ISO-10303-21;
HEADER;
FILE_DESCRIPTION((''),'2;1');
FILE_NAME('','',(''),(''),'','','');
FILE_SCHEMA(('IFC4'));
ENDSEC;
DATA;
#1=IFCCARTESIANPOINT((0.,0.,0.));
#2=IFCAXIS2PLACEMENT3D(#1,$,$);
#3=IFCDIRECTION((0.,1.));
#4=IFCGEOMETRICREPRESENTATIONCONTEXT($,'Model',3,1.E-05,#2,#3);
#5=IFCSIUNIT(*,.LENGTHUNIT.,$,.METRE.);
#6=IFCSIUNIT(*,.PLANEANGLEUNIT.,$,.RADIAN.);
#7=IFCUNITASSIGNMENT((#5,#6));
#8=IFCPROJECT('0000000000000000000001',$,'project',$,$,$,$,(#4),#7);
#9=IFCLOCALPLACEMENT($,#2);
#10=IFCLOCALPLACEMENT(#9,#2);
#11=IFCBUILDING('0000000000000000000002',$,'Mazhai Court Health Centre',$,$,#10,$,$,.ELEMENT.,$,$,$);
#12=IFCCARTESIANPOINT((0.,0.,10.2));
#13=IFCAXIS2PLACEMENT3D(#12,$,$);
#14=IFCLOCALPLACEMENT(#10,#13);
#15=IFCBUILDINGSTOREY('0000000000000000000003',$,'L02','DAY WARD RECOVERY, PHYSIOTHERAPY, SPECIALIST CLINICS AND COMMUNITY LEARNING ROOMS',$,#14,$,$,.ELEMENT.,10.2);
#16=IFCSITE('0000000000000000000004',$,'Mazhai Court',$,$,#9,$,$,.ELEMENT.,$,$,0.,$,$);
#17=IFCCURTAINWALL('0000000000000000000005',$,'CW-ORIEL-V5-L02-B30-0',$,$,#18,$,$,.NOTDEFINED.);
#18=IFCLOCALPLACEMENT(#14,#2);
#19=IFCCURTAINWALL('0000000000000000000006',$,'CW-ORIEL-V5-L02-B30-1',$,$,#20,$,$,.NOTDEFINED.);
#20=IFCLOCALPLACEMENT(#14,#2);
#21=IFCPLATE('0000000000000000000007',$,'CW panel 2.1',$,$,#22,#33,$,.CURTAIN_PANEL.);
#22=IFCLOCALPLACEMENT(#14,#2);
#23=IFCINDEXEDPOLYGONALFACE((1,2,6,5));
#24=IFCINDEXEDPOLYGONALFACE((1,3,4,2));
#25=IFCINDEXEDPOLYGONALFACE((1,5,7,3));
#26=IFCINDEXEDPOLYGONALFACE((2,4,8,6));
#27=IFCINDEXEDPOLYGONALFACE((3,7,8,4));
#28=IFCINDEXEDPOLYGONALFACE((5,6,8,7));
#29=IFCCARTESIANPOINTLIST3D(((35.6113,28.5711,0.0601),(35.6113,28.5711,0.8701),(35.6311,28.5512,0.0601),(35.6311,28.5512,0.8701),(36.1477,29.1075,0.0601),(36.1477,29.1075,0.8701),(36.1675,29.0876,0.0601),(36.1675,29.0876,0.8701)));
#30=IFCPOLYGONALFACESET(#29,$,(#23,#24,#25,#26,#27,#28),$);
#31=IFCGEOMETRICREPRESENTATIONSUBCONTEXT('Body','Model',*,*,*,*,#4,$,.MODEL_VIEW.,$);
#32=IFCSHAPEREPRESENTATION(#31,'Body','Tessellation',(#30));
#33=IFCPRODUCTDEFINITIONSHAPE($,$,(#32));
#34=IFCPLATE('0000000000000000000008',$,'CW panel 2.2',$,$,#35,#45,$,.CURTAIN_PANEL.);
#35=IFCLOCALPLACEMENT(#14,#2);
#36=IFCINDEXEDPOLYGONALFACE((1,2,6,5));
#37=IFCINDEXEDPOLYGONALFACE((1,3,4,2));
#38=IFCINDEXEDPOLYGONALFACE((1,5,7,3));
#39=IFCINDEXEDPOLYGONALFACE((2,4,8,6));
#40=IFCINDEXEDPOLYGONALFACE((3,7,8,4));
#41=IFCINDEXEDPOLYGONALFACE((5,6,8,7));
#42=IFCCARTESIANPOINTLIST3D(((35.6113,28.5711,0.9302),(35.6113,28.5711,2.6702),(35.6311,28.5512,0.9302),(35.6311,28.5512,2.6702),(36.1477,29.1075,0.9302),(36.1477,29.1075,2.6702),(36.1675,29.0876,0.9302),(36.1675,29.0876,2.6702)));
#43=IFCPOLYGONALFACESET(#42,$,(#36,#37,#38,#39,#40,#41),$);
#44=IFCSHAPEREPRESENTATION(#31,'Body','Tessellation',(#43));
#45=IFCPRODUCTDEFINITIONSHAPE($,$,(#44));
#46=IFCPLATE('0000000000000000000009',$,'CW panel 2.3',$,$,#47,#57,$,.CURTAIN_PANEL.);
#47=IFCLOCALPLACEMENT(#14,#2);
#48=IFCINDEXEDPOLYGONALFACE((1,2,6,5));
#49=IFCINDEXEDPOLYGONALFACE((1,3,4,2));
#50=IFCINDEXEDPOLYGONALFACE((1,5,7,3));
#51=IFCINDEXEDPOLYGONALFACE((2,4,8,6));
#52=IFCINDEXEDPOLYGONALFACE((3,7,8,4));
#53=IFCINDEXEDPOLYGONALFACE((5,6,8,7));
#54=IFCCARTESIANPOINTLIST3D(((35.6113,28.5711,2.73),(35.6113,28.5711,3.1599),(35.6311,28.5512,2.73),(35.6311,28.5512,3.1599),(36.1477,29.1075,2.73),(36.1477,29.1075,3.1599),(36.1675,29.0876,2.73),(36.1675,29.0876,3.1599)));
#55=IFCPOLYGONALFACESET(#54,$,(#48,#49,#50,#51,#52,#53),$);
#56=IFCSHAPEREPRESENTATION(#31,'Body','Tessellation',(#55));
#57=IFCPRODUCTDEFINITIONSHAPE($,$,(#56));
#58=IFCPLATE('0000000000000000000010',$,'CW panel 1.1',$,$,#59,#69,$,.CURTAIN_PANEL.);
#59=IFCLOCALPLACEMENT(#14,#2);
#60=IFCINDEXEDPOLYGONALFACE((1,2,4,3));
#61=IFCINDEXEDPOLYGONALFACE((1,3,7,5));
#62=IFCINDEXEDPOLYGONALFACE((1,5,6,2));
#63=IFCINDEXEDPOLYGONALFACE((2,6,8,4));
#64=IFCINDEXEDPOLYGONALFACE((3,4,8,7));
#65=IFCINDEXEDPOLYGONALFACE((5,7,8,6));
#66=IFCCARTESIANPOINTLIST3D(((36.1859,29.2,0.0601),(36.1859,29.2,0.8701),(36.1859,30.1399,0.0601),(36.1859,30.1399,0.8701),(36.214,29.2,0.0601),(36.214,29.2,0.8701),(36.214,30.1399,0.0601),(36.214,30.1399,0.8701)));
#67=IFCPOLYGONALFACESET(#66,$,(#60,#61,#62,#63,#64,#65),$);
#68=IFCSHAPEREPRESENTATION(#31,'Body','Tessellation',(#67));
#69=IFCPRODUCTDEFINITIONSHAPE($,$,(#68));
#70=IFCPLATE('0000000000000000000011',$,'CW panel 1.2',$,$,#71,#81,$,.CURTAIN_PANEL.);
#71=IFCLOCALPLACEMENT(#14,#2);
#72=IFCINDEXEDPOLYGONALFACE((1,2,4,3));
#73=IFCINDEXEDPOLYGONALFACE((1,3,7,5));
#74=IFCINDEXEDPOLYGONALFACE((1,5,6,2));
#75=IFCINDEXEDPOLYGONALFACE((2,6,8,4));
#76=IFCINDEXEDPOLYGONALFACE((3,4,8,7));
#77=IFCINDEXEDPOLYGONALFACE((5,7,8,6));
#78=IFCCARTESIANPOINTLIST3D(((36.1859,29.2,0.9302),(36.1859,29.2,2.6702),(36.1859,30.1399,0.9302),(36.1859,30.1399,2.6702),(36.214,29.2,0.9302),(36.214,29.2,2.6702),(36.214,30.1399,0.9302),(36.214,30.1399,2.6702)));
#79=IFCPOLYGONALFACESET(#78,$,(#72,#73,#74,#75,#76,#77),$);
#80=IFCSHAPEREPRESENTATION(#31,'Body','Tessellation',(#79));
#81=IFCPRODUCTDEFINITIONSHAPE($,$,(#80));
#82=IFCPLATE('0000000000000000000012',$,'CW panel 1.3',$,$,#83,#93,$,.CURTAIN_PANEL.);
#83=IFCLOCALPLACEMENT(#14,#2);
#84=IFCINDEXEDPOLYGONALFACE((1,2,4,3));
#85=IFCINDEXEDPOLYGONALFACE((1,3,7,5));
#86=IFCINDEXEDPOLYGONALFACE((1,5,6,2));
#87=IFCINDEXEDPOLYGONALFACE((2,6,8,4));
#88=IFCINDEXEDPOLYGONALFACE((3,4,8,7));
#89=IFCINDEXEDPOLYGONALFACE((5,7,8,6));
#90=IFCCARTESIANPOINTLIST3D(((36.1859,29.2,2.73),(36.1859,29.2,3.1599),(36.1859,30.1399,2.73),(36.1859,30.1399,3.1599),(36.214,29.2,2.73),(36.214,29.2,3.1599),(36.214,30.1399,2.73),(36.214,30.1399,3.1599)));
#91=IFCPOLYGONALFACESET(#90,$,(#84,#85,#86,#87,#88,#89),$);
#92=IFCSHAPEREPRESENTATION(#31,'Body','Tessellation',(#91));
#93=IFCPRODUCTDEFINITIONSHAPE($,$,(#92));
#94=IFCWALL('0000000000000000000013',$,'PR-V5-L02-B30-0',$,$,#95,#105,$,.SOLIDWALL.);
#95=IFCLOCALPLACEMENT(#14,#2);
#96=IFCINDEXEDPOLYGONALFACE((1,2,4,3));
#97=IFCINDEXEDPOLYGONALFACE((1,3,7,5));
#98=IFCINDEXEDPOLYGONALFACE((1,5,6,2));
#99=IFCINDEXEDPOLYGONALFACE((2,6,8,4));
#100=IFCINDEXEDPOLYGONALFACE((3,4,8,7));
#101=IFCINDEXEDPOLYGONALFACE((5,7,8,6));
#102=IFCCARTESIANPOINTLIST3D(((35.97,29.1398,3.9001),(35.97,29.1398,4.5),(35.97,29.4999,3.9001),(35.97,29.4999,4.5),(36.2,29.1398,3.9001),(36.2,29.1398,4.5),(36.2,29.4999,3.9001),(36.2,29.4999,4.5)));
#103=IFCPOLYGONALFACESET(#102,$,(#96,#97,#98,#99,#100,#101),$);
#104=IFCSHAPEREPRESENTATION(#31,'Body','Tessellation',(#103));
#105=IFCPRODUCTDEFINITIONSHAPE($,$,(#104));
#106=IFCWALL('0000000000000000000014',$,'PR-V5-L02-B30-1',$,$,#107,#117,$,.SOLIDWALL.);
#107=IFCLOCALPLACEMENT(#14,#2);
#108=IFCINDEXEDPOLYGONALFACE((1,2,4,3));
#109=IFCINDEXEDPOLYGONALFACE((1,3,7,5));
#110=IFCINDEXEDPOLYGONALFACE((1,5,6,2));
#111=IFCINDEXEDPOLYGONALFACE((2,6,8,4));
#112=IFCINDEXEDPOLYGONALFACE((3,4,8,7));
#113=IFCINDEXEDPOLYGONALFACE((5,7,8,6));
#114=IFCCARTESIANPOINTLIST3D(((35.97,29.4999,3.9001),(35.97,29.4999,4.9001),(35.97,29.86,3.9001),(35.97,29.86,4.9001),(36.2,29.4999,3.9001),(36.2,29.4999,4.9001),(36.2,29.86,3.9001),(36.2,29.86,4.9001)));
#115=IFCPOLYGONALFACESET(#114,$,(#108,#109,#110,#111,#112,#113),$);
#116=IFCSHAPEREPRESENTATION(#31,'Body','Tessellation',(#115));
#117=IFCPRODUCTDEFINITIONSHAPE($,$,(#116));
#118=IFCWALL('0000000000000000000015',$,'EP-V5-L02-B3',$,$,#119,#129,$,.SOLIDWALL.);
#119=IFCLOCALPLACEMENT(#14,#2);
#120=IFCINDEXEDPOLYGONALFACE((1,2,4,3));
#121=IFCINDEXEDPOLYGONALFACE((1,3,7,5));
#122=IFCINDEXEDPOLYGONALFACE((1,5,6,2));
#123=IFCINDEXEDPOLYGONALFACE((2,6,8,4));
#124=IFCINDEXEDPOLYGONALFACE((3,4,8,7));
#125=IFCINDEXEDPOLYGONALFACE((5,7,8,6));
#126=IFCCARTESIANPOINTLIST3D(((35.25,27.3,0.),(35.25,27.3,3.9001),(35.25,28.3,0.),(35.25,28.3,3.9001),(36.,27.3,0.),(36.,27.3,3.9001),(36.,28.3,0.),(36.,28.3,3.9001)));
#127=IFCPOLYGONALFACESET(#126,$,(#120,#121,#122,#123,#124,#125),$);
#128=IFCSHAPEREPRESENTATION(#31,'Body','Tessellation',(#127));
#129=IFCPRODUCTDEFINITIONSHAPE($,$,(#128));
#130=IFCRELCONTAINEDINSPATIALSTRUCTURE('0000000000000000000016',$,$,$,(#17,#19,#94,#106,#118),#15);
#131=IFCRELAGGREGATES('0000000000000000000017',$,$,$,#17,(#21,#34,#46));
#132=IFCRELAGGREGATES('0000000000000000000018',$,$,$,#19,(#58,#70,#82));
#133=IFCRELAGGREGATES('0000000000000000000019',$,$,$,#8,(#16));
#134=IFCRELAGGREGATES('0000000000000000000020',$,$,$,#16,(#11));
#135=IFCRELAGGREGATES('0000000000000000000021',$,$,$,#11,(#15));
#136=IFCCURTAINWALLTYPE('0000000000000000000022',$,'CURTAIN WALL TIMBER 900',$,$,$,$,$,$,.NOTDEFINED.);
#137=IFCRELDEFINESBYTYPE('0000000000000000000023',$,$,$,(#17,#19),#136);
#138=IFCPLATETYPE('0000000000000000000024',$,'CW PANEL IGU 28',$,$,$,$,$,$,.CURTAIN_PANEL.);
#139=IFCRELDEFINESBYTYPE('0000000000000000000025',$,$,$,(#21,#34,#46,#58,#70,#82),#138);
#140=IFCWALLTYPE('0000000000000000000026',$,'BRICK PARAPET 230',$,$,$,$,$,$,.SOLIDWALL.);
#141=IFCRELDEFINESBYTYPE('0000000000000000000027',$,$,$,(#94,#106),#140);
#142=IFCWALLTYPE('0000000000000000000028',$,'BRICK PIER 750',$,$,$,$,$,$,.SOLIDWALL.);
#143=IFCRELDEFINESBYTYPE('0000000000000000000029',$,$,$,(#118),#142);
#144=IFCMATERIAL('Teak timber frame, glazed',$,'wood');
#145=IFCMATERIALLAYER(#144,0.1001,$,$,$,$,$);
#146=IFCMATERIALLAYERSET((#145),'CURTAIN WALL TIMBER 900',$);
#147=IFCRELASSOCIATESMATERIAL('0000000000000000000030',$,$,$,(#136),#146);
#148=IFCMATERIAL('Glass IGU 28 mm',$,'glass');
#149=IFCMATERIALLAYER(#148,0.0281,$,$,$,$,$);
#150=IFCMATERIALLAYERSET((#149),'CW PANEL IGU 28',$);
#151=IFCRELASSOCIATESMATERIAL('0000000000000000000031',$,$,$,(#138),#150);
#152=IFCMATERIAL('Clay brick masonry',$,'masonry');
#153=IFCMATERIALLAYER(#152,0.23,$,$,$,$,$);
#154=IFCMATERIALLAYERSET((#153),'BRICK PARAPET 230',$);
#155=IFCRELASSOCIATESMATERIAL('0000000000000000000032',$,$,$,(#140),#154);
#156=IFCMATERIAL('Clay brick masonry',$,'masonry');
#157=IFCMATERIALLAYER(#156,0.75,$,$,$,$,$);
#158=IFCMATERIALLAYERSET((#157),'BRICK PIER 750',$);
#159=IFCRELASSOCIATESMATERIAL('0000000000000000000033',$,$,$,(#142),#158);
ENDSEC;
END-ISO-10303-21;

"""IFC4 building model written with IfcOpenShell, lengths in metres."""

from ifc_helpers import new_model, si_unit, direction, frame, frame_2d, origin, origin_2d, place, context, subcontext, project, spatial, rectangle, extrude, material, layer, layer_set, type_object, element, aggregate, save


model = new_model("IFC4")

# Units and contexts
model_context = context("Model", 3, precision=1e-05, world=origin(), true_north=direction((0.0, 1.0)))
body_context = subcontext(model_context, "Body", "Model", "MODEL_VIEW")
ifc_project = project(units=[si_unit("LENGTHUNIT", "METRE"), si_unit("PLANEANGLEUNIT", "RADIAN")], contexts=[model_context])

# Site, building, storey
site_placement = place(None, origin())
site = spatial("IfcSite", under=ifc_project, at=site_placement, Name="Mazhai Court", CompositionType="ELEMENT", RefElevation=0.0)
building_placement = place(site_placement, origin())
building = spatial("IfcBuilding", under=site, at=building_placement, Name="Mazhai Court Health Centre", CompositionType="ELEMENT")
storey_placement = place(building_placement, frame((0.0, 0.0, 10.2)))
storey = spatial("IfcBuildingStorey", under=building, at=storey_placement, Name="L02", Description="DAY WARD RECOVERY, PHYSIOTHERAPY, SPECIALIST CLINICS AND COMMUNITY LEARNING ROOMS", CompositionType="ELEMENT", Elevation=10.2)

# Curtain wall
ifc_material_1 = material(Name="Teak timber frame, glazed", Category="wood")
ifc_layer_1 = layer(ifc_material_1, 0.1001)
ifc_layer_set_1 = layer_set([ifc_layer_1], Name="CURTAIN WALL TIMBER 900")
curtain_wall_type = type_object("IfcCurtainWallType", Name="CURTAIN WALL TIMBER 900", PredefinedType="NOTDEFINED", material=ifc_layer_set_1)
curtain_wall_1_placement = place(storey_placement, origin())
curtain_wall_1 = element("IfcCurtainWall", 1, at=curtain_wall_1_placement, inside=storey, type_object=curtain_wall_type, Name="CW-ORIEL-V5-L02-B30-0", PredefinedType="NOTDEFINED")

# Curtain wall
curtain_wall_2_placement = place(storey_placement, origin())
curtain_wall_2 = element("IfcCurtainWall", 2, at=curtain_wall_2_placement, inside=storey, type_object=curtain_wall_type, Name="CW-ORIEL-V5-L02-B30-1", PredefinedType="NOTDEFINED")

# Plates
ifc_material_2 = material(Name="Glass IGU 28 mm", Category="glass")
ifc_layer_2 = layer(ifc_material_2, 0.0281)
ifc_layer_set_2 = layer_set([ifc_layer_2], Name="CW PANEL IGU 28")
plate_type = type_object("IfcPlateType", Name="CW PANEL IGU 28", PredefinedType="CURTAIN_PANEL", material=ifc_layer_set_2)
plate_1_placement = place(storey_placement, frame((35.8894, 28.8293, 0.0601), z_axis=(0.0, 0.0, 1.0), x_axis=(0.707107, 0.707107, 0.0)))
plate_1 = element("IfcPlate", 3, at=plate_1_placement, type_object=plate_type, Name="CW panel 2.1", PredefinedType="CURTAIN_PANEL", context=body_context, shape_type="SweptSolid", body=[
    extrude(rectangle(XDim=0.7585, YDim=0.0281, at=origin_2d()), origin(), (0.0, 0.0, 1.0), 0.8101),
])
plate_2_placement = place(storey_placement, frame((35.8894, 28.8293, 0.9302), z_axis=(0.0, 0.0, 1.0), x_axis=(0.707107, 0.707107, 0.0)))
plate_2 = element("IfcPlate", 4, at=plate_2_placement, type_object=plate_type, Name="CW panel 2.2", PredefinedType="CURTAIN_PANEL", context=body_context, shape_type="SweptSolid", body=[
    extrude(rectangle(XDim=0.7585, YDim=0.0281, at=origin_2d()), origin(), (0.0, 0.0, 1.0), 1.74),
])
plate_3_placement = place(storey_placement, frame((35.8894, 28.8293, 2.73), z_axis=(0.0, 0.0, 1.0), x_axis=(0.707107, 0.707107, 0.0)))
plate_3 = element("IfcPlate", 5, at=plate_3_placement, type_object=plate_type, Name="CW panel 2.3", PredefinedType="CURTAIN_PANEL", context=body_context, shape_type="SweptSolid", body=[
    extrude(rectangle(XDim=0.7585, YDim=0.0281, at=origin_2d()), origin(), (0.0, 0.0, 1.0), 0.4299),
])
aggregate(curtain_wall_1, [plate_1, plate_2, plate_3])
plate_4_placement = place(storey_placement, frame((36.2, 29.6699, 0.0601), z_axis=(0.0, 0.0, 1.0), x_axis=(0.0, 1.0, 0.0)))
plate_4 = element("IfcPlate", 6, at=plate_4_placement, type_object=plate_type, Name="CW panel 1.1", PredefinedType="CURTAIN_PANEL", context=body_context, shape_type="SweptSolid", body=[
    extrude(rectangle(XDim=0.9399, YDim=0.0281, at=origin_2d()), origin(), (0.0, 0.0, 1.0), 0.8101),
])
plate_5_placement = place(storey_placement, frame((36.2, 29.6699, 0.9302), z_axis=(0.0, 0.0, 1.0), x_axis=(0.0, 1.0, 0.0)))
plate_5 = element("IfcPlate", 7, at=plate_5_placement, type_object=plate_type, Name="CW panel 1.2", PredefinedType="CURTAIN_PANEL", context=body_context, shape_type="SweptSolid", body=[
    extrude(rectangle(XDim=0.9399, YDim=0.0281, at=origin_2d()), origin(), (0.0, 0.0, 1.0), 1.74),
])
plate_6_placement = place(storey_placement, frame((36.2, 29.6699, 2.73), z_axis=(0.0, 0.0, 1.0), x_axis=(0.0, 1.0, 0.0)))
plate_6 = element("IfcPlate", 8, at=plate_6_placement, type_object=plate_type, Name="CW panel 1.3", PredefinedType="CURTAIN_PANEL", context=body_context, shape_type="SweptSolid", body=[
    extrude(rectangle(XDim=0.9399, YDim=0.0281, at=origin_2d()), origin(), (0.0, 0.0, 1.0), 0.4299),
])
aggregate(curtain_wall_2, [plate_4, plate_5, plate_6])

# Walls
ifc_material_3 = material(Name="Clay brick masonry", Category="masonry")
ifc_layer_3 = layer(ifc_material_3, 0.23)
ifc_layer_set_3 = layer_set([ifc_layer_3], Name="BRICK PARAPET 230")
wall_type_1 = type_object("IfcWallType", Name="BRICK PARAPET 230", PredefinedType="SOLIDWALL", material=ifc_layer_set_3)
wall_1_placement = place(storey_placement, frame((36.085, 29.5, 3.9001), z_axis=(0.0, 0.0, 1.0), x_axis=(0.0, -1.0, 0.0)))
element("IfcWall", 9, at=wall_1_placement, inside=storey, type_object=wall_type_1, Name="PR-V5-L02-B30-0", PredefinedType="SOLIDWALL", context=body_context, shape_type="SweptSolid", body=[
    extrude(rectangle(XDim=0.3601, YDim=0.23, at=frame_2d((0.1802, 0.0))), origin(), (0.0, 0.0, 1.0), 0.5999),
])
wall_2_placement = place(storey_placement, frame((36.085, 29.8601, 3.9001), z_axis=(0.0, 0.0, 1.0), x_axis=(0.0, -1.0, 0.0)))
element("IfcWall", 10, at=wall_2_placement, inside=storey, type_object=wall_type_1, Name="PR-V5-L02-B30-1", PredefinedType="SOLIDWALL", context=body_context, shape_type="SweptSolid", body=[
    extrude(rectangle(XDim=0.3601, YDim=0.23, at=frame_2d((0.1802, 0.0))), origin(), (0.0, 0.0, 1.0), 1.0),
])
ifc_material_4 = material(Name="Clay brick masonry", Category="masonry")
ifc_layer_4 = layer(ifc_material_4, 0.75)
ifc_layer_set_4 = layer_set([ifc_layer_4], Name="BRICK PIER 750")
wall_type_2 = type_object("IfcWallType", Name="BRICK PIER 750", PredefinedType="SOLIDWALL", material=ifc_layer_set_4)
wall_3_placement = place(storey_placement, frame((35.625, 28.3, 0.0), z_axis=(0.0, 0.0, 1.0), x_axis=(0.0, -1.0, 0.0)))
element("IfcWall", 11, at=wall_3_placement, inside=storey, type_object=wall_type_2, Name="EP-V5-L02-B3", PredefinedType="SOLIDWALL", context=body_context, shape_type="SweptSolid", body=[
    extrude(rectangle(XDim=1.0, YDim=0.75, at=frame_2d((0.5, 0.0))), origin(), (0.0, 0.0, 1.0), 3.9001),
])

save(model, "model.ifc")
